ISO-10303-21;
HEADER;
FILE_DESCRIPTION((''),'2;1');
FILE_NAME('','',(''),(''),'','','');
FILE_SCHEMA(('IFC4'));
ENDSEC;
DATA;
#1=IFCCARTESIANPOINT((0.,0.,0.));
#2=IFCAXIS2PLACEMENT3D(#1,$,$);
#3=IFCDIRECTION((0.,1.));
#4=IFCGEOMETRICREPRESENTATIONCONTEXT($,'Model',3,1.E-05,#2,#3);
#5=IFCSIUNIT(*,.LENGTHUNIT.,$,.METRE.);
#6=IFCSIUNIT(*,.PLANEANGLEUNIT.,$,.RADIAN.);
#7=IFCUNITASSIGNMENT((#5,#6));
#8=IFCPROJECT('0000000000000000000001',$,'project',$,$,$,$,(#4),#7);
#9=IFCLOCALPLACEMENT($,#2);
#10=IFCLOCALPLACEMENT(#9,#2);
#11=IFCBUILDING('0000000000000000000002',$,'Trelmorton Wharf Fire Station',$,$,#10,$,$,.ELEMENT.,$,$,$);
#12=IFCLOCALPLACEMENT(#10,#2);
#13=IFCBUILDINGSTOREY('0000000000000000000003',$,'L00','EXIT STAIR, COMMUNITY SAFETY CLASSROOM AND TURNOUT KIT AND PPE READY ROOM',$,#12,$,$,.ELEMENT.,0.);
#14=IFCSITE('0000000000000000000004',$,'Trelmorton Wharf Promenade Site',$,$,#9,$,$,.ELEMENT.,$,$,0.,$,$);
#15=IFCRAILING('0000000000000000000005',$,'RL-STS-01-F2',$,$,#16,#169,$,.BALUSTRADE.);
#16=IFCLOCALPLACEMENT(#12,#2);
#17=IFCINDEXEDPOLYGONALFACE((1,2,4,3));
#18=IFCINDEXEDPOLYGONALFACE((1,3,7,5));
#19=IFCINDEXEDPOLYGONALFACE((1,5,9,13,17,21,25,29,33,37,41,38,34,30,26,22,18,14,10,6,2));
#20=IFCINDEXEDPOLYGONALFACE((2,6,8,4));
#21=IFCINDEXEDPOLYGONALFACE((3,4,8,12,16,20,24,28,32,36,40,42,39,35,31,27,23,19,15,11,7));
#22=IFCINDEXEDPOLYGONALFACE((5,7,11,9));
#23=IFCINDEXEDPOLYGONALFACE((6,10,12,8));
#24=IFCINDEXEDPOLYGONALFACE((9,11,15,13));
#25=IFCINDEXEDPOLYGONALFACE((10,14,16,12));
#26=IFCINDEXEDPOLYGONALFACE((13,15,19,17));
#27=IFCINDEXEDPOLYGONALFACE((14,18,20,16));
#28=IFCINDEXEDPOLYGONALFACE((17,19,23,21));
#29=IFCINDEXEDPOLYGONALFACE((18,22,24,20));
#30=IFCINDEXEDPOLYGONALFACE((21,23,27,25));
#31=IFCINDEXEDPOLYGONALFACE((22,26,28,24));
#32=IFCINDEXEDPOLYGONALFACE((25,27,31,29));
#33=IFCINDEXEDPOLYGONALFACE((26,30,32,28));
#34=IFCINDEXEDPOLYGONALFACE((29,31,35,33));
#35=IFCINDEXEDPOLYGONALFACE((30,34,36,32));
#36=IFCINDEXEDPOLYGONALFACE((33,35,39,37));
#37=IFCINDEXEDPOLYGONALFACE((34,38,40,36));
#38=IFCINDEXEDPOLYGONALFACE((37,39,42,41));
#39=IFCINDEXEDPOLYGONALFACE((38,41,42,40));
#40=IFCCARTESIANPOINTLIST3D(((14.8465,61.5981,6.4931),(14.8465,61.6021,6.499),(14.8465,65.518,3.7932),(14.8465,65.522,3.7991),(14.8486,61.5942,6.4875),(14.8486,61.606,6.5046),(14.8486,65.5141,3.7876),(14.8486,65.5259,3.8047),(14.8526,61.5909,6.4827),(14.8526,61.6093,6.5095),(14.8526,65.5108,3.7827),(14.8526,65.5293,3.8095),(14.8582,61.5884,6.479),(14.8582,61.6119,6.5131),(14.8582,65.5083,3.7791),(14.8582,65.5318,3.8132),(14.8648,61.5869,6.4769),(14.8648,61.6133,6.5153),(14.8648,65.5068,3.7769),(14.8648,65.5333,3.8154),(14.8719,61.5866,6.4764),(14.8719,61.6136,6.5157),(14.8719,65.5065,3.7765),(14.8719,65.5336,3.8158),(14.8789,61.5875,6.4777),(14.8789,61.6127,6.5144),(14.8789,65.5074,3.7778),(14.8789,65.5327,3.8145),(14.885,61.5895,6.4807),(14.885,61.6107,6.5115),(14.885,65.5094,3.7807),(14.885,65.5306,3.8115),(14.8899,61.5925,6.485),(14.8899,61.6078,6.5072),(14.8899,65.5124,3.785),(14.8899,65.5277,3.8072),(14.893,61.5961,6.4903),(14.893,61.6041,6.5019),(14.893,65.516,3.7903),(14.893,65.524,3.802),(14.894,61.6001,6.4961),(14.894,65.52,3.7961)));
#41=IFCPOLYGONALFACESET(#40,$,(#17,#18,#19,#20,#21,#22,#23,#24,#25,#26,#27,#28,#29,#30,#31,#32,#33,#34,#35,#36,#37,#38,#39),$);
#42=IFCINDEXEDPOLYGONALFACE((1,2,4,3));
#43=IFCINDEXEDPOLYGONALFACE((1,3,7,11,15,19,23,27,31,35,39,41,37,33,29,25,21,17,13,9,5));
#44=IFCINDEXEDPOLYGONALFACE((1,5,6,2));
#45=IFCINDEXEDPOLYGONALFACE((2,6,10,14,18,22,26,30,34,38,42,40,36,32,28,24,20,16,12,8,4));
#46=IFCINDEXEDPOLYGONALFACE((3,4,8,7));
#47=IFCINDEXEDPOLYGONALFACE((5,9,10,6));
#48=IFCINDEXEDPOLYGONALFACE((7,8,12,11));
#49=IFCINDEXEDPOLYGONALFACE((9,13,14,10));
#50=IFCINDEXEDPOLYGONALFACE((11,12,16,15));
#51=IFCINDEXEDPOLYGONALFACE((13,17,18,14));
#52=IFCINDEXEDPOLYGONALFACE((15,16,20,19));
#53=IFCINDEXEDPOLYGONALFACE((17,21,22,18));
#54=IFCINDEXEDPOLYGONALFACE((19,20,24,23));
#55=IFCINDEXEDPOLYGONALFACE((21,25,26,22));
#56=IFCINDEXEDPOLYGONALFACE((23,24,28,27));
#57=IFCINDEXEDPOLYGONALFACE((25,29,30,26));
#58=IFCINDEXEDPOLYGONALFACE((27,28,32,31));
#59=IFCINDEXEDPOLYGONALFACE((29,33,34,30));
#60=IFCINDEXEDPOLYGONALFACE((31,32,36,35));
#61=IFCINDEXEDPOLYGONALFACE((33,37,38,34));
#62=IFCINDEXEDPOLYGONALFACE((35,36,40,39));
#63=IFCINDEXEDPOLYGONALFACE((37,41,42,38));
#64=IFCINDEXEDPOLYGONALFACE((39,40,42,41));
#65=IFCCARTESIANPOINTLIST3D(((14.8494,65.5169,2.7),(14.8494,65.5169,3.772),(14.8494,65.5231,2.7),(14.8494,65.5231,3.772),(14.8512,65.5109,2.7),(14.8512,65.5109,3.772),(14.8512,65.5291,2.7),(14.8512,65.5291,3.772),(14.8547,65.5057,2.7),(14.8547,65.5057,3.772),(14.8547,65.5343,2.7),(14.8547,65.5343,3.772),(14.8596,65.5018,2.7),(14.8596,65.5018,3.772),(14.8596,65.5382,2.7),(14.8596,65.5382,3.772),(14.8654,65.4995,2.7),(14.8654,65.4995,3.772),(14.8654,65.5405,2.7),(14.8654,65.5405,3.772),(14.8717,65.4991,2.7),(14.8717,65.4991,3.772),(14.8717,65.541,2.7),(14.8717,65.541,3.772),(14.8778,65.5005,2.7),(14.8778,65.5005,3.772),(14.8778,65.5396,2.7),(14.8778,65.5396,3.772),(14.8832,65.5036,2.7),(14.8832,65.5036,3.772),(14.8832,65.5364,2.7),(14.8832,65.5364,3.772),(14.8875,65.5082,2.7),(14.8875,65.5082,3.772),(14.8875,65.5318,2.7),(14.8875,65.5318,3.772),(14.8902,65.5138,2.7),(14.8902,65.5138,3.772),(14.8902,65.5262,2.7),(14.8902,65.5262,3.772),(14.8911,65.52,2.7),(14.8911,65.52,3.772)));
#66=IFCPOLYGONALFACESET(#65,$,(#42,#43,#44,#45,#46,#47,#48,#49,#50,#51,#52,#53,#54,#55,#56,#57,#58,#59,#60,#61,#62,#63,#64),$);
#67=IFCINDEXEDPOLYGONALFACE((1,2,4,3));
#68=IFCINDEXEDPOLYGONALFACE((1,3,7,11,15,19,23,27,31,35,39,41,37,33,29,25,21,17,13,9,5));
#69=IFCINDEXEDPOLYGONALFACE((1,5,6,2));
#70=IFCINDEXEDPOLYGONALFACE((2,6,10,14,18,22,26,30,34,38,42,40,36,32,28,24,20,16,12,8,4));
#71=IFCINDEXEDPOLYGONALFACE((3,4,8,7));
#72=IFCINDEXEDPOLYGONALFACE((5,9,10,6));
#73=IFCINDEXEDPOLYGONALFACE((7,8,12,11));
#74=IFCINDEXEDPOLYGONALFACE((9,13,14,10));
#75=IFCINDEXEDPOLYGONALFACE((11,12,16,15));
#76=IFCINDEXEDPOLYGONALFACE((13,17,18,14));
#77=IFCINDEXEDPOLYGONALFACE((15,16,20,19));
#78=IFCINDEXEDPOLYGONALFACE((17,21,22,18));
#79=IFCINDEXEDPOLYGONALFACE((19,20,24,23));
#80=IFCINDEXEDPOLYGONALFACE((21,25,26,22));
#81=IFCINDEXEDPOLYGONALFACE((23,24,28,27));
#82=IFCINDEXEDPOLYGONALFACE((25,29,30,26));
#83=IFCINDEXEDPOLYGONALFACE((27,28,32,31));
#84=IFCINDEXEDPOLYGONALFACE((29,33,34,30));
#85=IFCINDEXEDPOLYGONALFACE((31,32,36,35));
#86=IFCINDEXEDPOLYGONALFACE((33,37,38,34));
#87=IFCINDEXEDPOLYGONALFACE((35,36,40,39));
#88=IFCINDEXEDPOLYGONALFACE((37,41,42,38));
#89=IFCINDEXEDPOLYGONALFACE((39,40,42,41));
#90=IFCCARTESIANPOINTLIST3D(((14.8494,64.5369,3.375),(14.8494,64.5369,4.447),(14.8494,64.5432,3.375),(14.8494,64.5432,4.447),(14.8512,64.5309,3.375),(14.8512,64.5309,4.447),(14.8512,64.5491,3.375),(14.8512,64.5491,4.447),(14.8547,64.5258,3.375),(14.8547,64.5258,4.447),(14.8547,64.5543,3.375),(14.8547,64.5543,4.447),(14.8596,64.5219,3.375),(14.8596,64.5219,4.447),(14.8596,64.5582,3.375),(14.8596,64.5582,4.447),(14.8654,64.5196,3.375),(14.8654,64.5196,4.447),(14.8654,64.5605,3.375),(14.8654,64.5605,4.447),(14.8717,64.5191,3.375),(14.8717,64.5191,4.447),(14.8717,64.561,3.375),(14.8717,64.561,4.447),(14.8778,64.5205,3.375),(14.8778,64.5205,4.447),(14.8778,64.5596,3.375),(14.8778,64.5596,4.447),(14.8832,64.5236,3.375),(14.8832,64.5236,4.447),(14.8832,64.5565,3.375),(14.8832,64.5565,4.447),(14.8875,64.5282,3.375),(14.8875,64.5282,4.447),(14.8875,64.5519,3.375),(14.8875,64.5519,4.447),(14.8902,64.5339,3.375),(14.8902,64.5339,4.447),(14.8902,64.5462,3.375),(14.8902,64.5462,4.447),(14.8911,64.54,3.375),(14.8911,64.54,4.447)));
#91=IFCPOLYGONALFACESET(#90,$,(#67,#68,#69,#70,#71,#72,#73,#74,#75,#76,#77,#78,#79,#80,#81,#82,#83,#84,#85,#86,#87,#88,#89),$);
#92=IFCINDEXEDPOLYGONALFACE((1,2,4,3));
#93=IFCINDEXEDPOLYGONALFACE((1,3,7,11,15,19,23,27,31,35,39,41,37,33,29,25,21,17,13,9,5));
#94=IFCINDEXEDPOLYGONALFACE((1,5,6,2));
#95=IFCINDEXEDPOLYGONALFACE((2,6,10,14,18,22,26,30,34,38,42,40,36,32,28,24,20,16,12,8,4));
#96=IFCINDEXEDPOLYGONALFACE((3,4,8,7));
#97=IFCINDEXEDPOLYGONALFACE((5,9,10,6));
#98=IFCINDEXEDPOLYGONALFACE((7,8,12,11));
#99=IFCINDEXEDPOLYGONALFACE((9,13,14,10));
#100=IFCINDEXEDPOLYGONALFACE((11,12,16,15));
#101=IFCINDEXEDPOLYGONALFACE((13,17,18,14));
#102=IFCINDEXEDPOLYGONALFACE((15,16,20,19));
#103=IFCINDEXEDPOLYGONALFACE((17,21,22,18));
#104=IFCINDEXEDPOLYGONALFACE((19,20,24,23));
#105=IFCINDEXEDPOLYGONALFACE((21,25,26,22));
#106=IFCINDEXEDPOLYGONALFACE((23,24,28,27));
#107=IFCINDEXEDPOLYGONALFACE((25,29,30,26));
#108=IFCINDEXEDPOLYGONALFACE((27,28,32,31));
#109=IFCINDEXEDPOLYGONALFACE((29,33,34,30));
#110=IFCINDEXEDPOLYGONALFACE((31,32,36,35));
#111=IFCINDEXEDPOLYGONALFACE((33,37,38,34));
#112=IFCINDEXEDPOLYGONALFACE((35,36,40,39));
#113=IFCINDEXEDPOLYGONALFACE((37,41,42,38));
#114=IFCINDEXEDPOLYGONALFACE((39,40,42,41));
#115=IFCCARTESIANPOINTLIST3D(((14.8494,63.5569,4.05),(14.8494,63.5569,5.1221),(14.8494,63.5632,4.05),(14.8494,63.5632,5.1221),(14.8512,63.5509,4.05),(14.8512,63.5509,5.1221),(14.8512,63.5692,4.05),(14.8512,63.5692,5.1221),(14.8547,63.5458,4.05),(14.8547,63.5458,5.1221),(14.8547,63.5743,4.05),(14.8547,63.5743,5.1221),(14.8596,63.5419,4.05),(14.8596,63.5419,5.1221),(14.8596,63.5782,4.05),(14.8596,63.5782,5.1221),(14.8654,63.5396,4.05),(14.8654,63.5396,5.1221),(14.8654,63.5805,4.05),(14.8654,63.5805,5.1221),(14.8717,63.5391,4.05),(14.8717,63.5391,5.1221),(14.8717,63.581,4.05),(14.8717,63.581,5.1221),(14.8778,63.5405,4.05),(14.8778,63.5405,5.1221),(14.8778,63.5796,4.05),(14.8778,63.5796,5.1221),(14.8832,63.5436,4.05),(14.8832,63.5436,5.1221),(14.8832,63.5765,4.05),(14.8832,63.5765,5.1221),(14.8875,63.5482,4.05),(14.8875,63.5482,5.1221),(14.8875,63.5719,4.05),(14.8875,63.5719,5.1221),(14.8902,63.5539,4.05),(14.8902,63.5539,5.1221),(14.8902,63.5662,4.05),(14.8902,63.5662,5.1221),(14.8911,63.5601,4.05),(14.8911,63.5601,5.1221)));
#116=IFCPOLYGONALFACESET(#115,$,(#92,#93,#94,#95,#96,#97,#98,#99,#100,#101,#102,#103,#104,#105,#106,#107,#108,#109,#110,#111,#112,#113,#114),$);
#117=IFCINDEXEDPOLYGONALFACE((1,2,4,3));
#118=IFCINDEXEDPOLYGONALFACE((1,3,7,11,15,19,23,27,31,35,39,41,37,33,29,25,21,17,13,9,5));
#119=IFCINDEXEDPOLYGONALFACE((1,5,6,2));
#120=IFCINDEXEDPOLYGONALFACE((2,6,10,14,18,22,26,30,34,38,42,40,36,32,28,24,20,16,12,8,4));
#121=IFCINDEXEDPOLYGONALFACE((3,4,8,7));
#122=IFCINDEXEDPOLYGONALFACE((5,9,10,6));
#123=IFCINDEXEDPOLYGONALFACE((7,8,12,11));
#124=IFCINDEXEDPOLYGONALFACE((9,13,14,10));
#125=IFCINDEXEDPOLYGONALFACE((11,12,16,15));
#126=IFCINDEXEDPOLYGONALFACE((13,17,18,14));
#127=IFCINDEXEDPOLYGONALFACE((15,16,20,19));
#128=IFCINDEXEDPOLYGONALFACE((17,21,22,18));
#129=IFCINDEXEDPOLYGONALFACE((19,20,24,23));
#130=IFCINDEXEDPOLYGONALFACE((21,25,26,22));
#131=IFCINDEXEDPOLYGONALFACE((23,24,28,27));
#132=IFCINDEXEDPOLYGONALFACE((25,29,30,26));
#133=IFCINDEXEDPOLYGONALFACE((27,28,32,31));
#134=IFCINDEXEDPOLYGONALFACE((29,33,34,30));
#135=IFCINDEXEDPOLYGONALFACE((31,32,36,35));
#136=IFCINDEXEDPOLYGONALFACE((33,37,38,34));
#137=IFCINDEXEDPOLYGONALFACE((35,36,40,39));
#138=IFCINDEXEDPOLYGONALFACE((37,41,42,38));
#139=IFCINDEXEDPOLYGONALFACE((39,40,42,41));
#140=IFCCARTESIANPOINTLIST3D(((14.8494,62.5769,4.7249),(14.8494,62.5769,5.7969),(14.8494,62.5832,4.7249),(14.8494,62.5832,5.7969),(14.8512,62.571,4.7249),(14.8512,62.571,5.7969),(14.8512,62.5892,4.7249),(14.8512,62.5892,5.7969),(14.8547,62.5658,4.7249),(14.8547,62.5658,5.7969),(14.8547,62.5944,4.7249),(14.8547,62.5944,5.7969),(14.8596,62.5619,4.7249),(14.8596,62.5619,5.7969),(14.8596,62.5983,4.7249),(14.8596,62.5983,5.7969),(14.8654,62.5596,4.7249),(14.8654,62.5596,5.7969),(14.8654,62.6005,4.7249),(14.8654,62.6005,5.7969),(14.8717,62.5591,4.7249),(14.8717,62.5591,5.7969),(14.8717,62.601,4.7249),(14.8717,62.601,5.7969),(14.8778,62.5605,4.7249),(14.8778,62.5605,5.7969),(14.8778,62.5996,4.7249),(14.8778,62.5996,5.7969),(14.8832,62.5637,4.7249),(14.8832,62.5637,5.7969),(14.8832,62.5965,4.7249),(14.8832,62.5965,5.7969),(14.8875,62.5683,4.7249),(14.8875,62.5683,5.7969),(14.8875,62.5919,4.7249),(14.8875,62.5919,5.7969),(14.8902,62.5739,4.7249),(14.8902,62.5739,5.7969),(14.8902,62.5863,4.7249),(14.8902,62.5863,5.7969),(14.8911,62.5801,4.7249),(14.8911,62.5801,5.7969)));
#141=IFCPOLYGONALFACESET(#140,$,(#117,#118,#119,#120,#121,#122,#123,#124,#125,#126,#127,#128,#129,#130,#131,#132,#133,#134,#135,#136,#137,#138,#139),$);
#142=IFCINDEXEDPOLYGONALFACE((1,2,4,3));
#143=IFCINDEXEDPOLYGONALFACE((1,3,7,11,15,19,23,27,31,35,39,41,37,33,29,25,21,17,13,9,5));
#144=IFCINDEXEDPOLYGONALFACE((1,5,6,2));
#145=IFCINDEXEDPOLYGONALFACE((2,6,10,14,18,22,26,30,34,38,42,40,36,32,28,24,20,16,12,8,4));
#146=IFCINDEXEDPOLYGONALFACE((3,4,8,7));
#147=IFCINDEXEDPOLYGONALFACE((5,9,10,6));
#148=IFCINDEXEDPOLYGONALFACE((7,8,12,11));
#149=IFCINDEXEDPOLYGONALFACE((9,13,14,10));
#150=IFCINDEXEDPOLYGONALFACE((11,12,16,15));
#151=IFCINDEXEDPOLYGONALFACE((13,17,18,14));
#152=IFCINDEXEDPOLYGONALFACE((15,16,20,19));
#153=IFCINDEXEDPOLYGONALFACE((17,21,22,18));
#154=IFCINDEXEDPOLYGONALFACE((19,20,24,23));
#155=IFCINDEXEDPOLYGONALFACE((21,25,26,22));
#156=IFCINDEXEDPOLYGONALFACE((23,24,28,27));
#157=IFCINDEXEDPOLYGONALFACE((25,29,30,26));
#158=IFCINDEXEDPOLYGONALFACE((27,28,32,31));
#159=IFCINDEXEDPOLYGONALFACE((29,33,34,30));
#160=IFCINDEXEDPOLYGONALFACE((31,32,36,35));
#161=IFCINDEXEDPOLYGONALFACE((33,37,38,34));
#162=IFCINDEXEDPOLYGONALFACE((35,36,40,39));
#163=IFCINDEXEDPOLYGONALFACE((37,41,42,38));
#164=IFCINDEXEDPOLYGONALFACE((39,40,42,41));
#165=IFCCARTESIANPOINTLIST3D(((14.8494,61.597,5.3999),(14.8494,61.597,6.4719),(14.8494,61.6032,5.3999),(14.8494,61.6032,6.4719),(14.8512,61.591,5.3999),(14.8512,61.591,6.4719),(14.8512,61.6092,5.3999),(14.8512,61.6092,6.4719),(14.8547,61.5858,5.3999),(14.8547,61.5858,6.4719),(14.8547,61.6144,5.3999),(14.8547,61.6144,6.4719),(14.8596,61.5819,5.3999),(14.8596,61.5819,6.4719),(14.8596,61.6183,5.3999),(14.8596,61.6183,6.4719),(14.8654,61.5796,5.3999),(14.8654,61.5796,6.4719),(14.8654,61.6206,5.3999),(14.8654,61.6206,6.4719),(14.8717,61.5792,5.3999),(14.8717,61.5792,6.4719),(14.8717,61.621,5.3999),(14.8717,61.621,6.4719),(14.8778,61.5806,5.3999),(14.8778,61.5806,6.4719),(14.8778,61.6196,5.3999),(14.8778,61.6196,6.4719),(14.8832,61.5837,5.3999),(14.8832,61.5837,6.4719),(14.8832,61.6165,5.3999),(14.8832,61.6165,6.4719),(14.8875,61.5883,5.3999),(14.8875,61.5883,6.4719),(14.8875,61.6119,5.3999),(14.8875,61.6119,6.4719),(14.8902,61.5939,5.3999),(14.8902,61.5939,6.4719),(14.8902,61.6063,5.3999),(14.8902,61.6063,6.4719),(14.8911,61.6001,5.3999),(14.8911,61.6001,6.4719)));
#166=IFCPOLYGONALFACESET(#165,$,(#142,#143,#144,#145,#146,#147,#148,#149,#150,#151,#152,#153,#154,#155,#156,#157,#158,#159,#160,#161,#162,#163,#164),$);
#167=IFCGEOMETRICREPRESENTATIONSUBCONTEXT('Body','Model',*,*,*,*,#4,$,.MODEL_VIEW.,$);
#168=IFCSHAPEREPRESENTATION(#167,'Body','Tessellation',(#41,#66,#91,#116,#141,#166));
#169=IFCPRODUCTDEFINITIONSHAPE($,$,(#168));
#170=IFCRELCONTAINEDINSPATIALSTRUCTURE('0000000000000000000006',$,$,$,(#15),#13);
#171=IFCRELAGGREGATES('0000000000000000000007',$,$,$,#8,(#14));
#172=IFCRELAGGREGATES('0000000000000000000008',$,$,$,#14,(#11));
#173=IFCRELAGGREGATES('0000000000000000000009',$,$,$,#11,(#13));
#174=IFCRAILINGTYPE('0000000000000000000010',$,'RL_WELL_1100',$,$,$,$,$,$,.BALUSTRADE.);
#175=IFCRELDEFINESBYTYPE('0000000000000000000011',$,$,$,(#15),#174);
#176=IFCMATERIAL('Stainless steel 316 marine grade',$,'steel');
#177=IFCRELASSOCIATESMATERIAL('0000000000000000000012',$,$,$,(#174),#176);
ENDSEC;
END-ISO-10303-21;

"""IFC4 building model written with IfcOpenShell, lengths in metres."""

from ifc_helpers import new_model, si_unit, direction, frame, origin, origin_2d, place, context, subcontext, project, spatial, circle, extrude, material, type_object, element, save


model = new_model("IFC4")

# Units and contexts
model_context = context("Model", 3, precision=1e-05, world=origin(), true_north=direction((0.0, 1.0)))
body_context = subcontext(model_context, "Body", "Model", "MODEL_VIEW")
ifc_project = project(units=[si_unit("LENGTHUNIT", "METRE"), si_unit("PLANEANGLEUNIT", "RADIAN")], contexts=[model_context])

# Site, building, storey
site_placement = place(None, origin())
site = spatial("IfcSite", under=ifc_project, at=site_placement, Name="Trelmorton Wharf Promenade Site", CompositionType="ELEMENT", RefElevation=0.0)
building_placement = place(site_placement, origin())
building = spatial("IfcBuilding", under=site, at=building_placement, Name="Trelmorton Wharf Fire Station", CompositionType="ELEMENT")
storey_placement = place(building_placement, origin())
storey = spatial("IfcBuildingStorey", under=building, at=storey_placement, Name="L00", Description="EXIT STAIR, COMMUNITY SAFETY CLASSROOM AND TURNOUT KIT AND PPE READY ROOM", CompositionType="ELEMENT", Elevation=0.0)

# Shared definitions
ifc_material_1 = material(Name="Stainless steel 316 marine grade", Category="steel")

# Railing
railing_type = type_object("IfcRailingType", Name="RL_WELL_1100", PredefinedType="BALUSTRADE", material=ifc_material_1)
railing_1_placement = place(storey_placement, frame((14.8701, 65.52, 2.7)))
element("IfcRailing", 1, at=railing_1_placement, inside=storey, type_object=railing_type, Name="RL-STS-01-F2", PredefinedType="BALUSTRADE", context=body_context, shape_type="SweptSolid", body=[
    extrude(circle(Radius=0.0239, at=origin_2d()), frame((0.0, 0.0, 1.0962), z_axis=(0.0, -0.823551, 0.567243), x_axis=(1.0, 0.0, 0.0)), (0.0, 0.0, 1.0), 4.7598),
    extrude(circle(Radius=0.021, at=origin_2d()), origin(), (0.0, 0.0, 1.0), 1.072),
    extrude(circle(Radius=0.021, at=origin_2d()), frame((0.0, -0.98, 0.675)), (0.0, 0.0, 1.0), 1.072),
    extrude(circle(Radius=0.021, at=origin_2d()), frame((0.0, -1.96, 1.3501)), (0.0, 0.0, 1.0), 1.072),
    extrude(circle(Radius=0.021, at=origin_2d()), frame((0.0, -2.9399, 2.0249)), (0.0, 0.0, 1.0), 1.072),
    extrude(circle(Radius=0.021, at=origin_2d()), frame((0.0, -3.9199, 2.7)), (0.0, 0.0, 1.0), 1.072),
])

save(model, "model.ifc")
